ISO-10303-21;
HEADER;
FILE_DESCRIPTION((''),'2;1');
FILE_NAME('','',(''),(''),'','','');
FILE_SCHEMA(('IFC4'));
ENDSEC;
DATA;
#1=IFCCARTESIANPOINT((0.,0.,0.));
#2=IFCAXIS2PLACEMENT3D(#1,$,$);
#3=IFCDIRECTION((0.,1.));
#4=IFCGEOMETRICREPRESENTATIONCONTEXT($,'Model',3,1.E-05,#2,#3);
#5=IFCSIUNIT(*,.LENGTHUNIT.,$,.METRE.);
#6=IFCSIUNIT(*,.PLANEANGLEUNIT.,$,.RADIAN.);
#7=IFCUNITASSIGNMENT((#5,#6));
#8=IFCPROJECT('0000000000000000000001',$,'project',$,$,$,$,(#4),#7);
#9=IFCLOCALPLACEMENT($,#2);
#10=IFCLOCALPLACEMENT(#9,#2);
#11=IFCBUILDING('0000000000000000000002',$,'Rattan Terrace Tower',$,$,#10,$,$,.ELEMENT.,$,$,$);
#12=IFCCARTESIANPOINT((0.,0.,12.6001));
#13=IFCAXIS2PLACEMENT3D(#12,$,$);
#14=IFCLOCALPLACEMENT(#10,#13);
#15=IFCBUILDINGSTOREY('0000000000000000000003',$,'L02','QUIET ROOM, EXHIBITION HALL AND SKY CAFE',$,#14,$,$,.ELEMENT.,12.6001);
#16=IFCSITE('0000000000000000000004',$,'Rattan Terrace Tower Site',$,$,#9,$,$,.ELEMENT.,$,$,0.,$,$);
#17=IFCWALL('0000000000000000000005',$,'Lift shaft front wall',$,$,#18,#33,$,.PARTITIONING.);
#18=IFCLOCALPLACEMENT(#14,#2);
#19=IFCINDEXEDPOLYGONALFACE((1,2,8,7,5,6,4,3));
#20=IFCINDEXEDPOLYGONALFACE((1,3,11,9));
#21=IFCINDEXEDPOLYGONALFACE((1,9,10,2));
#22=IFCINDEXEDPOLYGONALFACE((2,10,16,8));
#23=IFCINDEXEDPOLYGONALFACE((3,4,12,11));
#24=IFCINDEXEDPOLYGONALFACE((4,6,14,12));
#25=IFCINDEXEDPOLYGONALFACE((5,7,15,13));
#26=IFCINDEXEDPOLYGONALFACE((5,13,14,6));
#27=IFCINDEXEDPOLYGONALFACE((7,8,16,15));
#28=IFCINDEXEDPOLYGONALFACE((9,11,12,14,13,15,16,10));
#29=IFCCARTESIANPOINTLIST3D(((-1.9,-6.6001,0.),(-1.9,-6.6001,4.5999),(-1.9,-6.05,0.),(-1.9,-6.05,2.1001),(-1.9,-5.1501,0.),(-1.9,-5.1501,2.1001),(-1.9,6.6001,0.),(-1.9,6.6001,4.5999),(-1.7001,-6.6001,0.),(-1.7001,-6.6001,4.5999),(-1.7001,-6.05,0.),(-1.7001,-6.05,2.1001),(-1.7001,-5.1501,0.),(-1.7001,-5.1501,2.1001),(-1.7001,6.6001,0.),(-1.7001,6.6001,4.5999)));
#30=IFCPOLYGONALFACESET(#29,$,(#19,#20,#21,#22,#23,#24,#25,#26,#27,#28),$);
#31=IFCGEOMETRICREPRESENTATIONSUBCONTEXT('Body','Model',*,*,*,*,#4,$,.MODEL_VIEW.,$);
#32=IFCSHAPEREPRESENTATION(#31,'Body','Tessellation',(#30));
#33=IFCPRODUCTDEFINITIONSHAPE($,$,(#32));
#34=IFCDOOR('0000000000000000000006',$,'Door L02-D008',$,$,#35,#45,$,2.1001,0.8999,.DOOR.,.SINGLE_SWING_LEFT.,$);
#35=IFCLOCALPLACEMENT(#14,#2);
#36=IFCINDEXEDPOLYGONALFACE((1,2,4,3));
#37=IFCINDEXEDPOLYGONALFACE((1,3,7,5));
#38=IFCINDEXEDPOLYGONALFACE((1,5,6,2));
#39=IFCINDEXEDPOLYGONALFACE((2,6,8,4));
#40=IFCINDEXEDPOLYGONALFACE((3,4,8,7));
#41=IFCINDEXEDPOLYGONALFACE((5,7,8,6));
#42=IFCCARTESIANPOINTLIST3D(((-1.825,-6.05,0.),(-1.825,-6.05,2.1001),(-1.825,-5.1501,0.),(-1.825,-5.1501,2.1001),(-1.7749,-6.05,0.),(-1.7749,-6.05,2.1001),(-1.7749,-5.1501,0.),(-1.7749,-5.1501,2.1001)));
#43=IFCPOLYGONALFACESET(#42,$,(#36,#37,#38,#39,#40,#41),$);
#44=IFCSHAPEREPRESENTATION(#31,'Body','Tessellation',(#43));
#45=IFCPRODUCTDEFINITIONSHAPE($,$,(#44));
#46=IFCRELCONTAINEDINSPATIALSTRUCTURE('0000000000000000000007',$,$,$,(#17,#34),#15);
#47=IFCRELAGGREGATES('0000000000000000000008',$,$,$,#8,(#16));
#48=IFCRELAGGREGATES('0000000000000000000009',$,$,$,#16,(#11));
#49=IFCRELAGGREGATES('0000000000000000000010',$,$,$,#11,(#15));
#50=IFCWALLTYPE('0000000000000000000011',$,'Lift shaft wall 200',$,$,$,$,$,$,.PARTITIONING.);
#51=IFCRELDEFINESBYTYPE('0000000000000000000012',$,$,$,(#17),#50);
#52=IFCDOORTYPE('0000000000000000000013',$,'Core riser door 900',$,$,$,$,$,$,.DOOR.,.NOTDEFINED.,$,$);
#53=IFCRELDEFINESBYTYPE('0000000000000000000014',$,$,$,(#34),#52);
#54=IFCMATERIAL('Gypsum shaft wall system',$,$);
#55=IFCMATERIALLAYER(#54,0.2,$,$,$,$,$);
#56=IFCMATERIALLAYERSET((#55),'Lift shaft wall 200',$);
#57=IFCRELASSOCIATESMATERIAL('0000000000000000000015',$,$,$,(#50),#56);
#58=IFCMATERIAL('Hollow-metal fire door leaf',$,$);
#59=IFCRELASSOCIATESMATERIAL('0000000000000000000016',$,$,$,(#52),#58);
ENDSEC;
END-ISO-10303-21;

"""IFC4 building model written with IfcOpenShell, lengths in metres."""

from ifc_helpers import new_model, si_unit, direction, frame, frame_2d, origin, place, context, subcontext, project, spatial, rectangle, extrude, material, layer, layer_set, type_object, element, fill, save


model = new_model("IFC4")

# Units and contexts
model_context = context("Model", 3, precision=1e-05, world=origin(), true_north=direction((0.0, 1.0)))
body_context = subcontext(model_context, "Body", "Model", "MODEL_VIEW")
ifc_project = project(units=[si_unit("LENGTHUNIT", "METRE"), si_unit("PLANEANGLEUNIT", "RADIAN")], contexts=[model_context])

# Site, building, storey
site_placement = place(None, origin())
site = spatial("IfcSite", under=ifc_project, at=site_placement, Name="Rattan Terrace Tower Site", CompositionType="ELEMENT", RefElevation=0.0)
building_placement = place(site_placement, origin())
building = spatial("IfcBuilding", under=site, at=building_placement, Name="Rattan Terrace Tower", CompositionType="ELEMENT")
storey_placement = place(building_placement, frame((0.0, 0.0, 12.6001)))
storey = spatial("IfcBuildingStorey", under=building, at=storey_placement, Name="L02", Description="QUIET ROOM, EXHIBITION HALL AND SKY CAFE", CompositionType="ELEMENT", Elevation=12.6001)

# Shared definitions
ifc_material_1 = material(Name="Gypsum shaft wall system")
ifc_layer_1 = layer(ifc_material_1, 0.2)
ifc_layer_set_1 = layer_set([ifc_layer_1], Name="Lift shaft wall 200")
wall_type_1 = type_object("IfcWallType", Name="Lift shaft wall 200", PredefinedType="PARTITIONING", material=ifc_layer_set_1)
ifc_material_2 = material(Name="Hollow-metal fire door leaf")
door_type_1 = type_object("IfcDoorType", Name="Core riser door 900", OperationType="NOTDEFINED", PredefinedType="DOOR", material=ifc_material_2)

# Wall, opening, door
wall_1_placement = place(storey_placement, frame((-1.8, -6.6001, 0.0), z_axis=(0.0, 0.0, 1.0), x_axis=(0.0, 1.0, 0.0)))
wall_1 = element("IfcWall", 1, at=wall_1_placement, inside=storey, type_object=wall_type_1, Name="Lift shaft front wall", PredefinedType="PARTITIONING", context=body_context, shape_type="SweptSolid", body=[
    extrude(rectangle(XDim=13.2002, YDim=0.2, at=frame_2d((6.6001, 0.0))), origin(), (0.0, 0.0, 1.0), 4.5999),
])
opening_1_placement = place(wall_1_placement, frame((0.55, 0.0, 0.0)))
opening_1 = element("IfcOpeningElement", 2, at=opening_1_placement, cuts=wall_1, PredefinedType="OPENING", context=body_context, shape_type="SweptSolid", body=[
    extrude(rectangle(XDim=0.8999, YDim=2.1001, at=frame_2d((0.45, 1.05))), frame((0.0, 0.1106, 0.0), z_axis=(0.0, -1.0, 0.0), x_axis=(1.0, 0.0, 0.0)), (0.0, 0.0, 1.0), 0.2209),
])
door_1_placement = place(opening_1_placement, origin())
door_1 = element("IfcDoor", 3, at=door_1_placement, inside=storey, type_object=door_type_1, Name="Door L02-D008", OperationType="SINGLE_SWING_LEFT", OverallHeight=2.1001, OverallWidth=0.8999, PredefinedType="DOOR", context=body_context, shape_type="SweptSolid", body=[
    extrude(rectangle(XDim=0.8999, YDim=2.1001, at=frame_2d((0.45, 1.05))), frame((0.0, 0.0249, 0.0), z_axis=(0.0, -1.0, 0.0), x_axis=(1.0, 0.0, 0.0)), (0.0, 0.0, 1.0), 0.05),
])
fill(opening_1, door_1)

save(model, "model.ifc")
